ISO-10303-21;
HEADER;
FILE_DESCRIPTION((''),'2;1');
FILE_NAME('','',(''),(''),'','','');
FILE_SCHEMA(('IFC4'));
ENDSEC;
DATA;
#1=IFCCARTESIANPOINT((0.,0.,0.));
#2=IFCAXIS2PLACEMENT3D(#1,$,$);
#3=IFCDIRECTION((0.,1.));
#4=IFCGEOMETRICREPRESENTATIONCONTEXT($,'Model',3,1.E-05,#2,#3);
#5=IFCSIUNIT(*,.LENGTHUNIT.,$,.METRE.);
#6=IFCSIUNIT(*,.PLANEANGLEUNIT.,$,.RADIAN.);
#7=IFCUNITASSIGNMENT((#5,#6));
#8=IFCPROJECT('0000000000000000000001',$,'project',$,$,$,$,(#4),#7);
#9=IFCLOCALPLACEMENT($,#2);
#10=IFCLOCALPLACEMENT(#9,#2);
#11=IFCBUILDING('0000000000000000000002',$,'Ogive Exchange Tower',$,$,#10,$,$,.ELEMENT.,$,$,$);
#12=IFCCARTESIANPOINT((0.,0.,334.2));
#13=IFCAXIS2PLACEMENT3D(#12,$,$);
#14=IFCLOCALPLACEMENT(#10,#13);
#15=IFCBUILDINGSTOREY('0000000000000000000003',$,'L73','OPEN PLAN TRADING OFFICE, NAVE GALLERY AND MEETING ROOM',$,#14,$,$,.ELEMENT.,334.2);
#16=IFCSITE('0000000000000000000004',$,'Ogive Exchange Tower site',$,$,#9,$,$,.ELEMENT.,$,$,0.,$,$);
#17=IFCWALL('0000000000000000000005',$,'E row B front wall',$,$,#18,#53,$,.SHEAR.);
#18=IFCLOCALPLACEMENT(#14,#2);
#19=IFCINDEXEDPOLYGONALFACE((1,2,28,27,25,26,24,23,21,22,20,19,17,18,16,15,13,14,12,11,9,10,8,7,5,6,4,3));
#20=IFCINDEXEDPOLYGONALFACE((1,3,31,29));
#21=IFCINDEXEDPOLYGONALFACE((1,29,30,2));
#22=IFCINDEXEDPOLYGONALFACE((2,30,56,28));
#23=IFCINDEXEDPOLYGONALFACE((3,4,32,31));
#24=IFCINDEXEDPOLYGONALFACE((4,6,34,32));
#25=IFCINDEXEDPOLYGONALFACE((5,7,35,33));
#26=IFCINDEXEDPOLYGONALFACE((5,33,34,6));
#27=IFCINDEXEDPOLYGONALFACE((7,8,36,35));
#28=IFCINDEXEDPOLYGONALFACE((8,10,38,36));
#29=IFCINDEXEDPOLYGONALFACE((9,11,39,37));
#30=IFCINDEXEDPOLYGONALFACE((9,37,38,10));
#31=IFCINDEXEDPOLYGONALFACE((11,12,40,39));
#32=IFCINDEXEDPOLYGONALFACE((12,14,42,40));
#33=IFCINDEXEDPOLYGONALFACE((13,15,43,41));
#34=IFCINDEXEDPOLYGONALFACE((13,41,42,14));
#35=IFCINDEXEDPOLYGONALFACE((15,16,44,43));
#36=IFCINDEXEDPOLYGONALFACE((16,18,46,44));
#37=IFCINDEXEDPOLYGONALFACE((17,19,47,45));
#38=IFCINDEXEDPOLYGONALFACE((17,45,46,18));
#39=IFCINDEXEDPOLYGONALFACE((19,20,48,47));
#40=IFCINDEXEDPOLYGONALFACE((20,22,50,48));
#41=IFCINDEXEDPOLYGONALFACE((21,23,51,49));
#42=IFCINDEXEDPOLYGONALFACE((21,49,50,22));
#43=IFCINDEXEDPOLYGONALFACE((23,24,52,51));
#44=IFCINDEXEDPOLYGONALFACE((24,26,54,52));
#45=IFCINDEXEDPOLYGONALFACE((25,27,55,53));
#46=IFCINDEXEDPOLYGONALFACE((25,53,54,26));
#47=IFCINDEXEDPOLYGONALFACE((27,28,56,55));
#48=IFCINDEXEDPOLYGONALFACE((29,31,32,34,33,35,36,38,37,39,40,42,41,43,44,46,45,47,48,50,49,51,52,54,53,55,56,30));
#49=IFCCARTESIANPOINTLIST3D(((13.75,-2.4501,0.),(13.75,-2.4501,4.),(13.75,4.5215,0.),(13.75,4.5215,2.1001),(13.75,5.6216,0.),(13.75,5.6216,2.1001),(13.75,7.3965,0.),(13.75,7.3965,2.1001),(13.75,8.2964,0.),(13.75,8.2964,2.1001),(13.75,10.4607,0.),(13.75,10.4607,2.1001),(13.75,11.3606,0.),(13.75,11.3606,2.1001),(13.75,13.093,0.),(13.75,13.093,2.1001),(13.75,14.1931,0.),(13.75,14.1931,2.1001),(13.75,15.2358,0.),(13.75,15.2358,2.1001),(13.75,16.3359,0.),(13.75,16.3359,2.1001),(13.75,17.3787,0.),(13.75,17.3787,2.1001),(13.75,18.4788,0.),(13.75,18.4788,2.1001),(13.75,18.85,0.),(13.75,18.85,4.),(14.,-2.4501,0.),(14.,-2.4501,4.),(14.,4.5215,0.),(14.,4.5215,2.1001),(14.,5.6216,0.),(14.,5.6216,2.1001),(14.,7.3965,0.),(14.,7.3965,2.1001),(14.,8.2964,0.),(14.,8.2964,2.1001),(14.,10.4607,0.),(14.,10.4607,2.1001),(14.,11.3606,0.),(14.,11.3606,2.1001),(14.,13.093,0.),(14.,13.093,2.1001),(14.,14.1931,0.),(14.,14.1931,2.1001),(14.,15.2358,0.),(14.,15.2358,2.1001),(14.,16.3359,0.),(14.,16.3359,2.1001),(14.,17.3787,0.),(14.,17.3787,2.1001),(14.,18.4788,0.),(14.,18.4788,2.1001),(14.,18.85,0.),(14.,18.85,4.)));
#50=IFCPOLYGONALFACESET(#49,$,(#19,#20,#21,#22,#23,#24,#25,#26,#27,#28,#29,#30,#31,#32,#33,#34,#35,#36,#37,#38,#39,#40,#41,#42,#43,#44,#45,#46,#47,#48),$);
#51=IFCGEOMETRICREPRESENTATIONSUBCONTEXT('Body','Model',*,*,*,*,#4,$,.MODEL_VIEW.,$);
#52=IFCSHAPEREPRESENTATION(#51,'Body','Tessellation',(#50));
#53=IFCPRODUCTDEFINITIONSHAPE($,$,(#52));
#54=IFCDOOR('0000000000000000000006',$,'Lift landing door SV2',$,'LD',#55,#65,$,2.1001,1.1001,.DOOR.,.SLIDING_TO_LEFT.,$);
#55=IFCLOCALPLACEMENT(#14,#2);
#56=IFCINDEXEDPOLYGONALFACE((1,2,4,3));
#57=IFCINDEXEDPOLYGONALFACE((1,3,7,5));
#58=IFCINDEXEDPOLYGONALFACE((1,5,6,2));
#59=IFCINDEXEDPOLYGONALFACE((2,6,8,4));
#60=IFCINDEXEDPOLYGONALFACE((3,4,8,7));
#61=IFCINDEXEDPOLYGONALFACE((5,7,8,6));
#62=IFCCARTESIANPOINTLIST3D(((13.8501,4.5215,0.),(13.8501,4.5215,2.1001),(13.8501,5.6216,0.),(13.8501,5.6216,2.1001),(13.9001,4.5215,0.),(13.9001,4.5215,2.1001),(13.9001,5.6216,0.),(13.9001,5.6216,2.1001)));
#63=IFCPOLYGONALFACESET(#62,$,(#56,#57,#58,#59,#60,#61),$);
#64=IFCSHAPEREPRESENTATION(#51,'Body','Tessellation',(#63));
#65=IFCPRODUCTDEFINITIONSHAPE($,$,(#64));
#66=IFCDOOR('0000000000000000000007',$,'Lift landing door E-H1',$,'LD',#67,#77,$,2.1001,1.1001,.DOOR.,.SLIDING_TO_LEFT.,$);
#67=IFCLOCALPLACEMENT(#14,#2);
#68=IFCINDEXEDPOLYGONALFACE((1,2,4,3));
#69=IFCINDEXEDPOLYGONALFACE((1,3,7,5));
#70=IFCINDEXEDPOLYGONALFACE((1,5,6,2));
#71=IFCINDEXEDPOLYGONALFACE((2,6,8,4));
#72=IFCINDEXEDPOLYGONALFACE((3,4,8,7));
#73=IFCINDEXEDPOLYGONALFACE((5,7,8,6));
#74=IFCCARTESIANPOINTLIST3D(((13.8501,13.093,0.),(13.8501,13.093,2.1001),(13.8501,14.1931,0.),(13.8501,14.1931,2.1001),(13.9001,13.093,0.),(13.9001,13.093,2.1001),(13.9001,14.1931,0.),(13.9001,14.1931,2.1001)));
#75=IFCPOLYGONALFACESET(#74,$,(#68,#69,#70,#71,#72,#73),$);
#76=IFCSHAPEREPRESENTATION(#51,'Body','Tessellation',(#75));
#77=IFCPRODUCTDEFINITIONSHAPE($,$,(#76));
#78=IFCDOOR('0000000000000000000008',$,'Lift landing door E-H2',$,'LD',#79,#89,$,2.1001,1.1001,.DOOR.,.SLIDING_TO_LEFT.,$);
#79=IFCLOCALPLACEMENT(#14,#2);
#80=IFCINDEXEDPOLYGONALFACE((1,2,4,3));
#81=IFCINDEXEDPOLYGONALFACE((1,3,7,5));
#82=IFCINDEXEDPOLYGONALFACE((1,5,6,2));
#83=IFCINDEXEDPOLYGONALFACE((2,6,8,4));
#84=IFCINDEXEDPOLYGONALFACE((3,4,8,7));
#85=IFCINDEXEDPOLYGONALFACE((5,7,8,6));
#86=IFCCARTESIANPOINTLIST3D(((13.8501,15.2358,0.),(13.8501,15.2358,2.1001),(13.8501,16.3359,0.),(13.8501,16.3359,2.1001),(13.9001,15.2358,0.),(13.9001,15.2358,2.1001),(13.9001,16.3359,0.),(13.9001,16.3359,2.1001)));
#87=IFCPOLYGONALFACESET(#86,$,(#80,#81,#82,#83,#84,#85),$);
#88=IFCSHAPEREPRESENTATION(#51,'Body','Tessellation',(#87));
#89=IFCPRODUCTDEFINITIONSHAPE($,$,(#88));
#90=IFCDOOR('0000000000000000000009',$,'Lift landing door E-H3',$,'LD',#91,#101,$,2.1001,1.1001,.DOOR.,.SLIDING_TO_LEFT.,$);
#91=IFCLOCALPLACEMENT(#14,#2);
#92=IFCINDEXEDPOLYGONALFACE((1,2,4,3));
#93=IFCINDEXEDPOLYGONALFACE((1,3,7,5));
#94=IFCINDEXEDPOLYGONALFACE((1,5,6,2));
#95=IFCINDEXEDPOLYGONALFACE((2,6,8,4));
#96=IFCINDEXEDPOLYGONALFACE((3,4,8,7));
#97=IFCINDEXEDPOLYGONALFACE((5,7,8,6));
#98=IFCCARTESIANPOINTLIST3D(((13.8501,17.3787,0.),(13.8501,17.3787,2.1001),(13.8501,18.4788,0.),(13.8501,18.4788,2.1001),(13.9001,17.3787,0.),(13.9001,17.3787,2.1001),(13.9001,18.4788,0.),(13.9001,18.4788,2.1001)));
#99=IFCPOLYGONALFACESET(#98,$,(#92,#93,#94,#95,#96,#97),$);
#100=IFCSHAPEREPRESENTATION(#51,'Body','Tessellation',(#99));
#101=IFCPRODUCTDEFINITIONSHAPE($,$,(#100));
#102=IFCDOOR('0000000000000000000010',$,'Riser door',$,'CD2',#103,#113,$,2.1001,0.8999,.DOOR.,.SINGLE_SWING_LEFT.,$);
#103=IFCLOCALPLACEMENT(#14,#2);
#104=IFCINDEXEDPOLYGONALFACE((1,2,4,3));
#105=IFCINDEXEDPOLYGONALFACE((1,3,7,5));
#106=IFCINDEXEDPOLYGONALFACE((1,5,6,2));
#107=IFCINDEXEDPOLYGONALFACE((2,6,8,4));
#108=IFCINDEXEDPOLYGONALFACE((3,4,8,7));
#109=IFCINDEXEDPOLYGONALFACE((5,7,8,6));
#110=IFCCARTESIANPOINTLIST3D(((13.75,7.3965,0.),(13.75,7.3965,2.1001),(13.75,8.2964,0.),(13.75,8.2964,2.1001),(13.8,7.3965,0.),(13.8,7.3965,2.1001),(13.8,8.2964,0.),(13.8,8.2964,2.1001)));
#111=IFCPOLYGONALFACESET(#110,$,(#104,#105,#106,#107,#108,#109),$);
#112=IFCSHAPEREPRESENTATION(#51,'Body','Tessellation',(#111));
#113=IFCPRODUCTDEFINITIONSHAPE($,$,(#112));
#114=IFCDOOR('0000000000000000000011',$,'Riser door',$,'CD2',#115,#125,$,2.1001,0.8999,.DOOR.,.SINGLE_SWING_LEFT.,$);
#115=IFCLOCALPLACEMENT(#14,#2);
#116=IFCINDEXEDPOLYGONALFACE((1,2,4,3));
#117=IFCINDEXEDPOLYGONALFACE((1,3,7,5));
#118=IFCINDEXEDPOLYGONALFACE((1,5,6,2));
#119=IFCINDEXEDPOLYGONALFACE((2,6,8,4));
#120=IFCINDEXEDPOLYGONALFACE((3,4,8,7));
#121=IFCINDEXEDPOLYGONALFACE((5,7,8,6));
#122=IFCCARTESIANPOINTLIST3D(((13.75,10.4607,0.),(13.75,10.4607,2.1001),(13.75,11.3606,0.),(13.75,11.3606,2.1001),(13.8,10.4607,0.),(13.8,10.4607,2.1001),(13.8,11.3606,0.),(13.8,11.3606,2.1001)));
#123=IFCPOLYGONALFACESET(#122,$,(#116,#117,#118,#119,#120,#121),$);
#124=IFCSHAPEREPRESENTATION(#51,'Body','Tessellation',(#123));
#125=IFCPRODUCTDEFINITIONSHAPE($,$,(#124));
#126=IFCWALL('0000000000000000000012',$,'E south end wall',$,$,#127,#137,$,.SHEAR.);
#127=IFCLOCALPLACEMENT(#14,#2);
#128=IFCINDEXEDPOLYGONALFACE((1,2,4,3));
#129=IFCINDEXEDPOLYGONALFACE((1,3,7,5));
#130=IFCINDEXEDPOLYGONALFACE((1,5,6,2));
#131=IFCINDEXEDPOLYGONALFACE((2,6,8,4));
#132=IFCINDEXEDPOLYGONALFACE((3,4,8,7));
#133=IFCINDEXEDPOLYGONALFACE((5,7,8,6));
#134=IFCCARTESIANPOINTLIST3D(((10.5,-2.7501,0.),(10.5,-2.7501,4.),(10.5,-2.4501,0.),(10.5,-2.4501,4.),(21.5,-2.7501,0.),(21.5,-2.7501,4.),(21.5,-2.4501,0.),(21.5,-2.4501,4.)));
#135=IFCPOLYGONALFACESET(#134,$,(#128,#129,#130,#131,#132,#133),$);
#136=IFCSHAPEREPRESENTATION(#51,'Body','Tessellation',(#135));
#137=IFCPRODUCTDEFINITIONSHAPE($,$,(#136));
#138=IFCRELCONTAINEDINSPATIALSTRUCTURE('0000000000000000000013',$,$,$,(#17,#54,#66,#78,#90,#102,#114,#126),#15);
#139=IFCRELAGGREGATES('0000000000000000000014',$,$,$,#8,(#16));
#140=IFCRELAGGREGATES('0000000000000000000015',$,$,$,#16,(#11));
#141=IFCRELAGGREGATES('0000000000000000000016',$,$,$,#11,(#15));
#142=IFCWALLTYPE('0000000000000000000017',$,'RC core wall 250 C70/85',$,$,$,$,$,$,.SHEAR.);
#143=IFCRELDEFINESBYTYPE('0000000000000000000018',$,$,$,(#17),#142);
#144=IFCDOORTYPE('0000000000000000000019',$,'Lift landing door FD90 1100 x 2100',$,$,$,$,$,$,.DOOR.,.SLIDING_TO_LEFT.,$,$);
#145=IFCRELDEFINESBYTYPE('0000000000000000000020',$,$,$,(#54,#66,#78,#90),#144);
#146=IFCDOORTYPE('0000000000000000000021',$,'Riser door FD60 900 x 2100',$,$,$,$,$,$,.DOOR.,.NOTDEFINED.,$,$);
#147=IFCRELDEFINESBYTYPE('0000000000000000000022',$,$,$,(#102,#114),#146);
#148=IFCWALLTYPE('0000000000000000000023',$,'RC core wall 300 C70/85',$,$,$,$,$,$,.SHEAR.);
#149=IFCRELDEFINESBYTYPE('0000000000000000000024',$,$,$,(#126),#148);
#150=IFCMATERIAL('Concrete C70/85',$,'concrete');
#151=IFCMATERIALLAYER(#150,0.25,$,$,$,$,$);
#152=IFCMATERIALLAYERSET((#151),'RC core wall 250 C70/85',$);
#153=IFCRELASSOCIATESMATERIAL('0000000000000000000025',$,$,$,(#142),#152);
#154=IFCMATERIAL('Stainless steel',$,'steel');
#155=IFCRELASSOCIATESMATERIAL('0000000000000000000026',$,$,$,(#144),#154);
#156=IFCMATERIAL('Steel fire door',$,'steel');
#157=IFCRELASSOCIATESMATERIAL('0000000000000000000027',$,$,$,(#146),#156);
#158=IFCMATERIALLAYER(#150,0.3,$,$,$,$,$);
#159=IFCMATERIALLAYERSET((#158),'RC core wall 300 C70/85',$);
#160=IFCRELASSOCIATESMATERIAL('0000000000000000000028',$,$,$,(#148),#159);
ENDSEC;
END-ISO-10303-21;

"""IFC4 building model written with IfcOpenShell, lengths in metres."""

from ifc_helpers import new_model, si_unit, direction, frame, frame_2d, origin, place, context, subcontext, project, spatial, rectangle, extrude, material, layer, layer_set, type_object, element, fill, save


model = new_model("IFC4")

# Units and contexts
model_context = context("Model", 3, precision=1e-05, world=origin(), true_north=direction((0.0, 1.0)))
body_context = subcontext(model_context, "Body", "Model", "MODEL_VIEW")
ifc_project = project(units=[si_unit("LENGTHUNIT", "METRE"), si_unit("PLANEANGLEUNIT", "RADIAN")], contexts=[model_context])

# Site, building, storey
site_placement = place(None, origin())
site = spatial("IfcSite", under=ifc_project, at=site_placement, Name="Ogive Exchange Tower site", CompositionType="ELEMENT", RefElevation=0.0)
building_placement = place(site_placement, origin())
building = spatial("IfcBuilding", under=site, at=building_placement, Name="Ogive Exchange Tower", CompositionType="ELEMENT")
storey_placement = place(building_placement, frame((0.0, 0.0, 334.2)))
storey = spatial("IfcBuildingStorey", under=building, at=storey_placement, Name="L73", Description="OPEN PLAN TRADING OFFICE, NAVE GALLERY AND MEETING ROOM", CompositionType="ELEMENT", Elevation=334.2)

# Shared definitions
ifc_material_1 = material(Name="Concrete C70/85", Category="concrete")

# Wall, openings, doors
ifc_layer_1 = layer(ifc_material_1, 0.25)
ifc_layer_set_1 = layer_set([ifc_layer_1], Name="RC core wall 250 C70/85")
wall_type_1 = type_object("IfcWallType", Name="RC core wall 250 C70/85", PredefinedType="SHEAR", material=ifc_layer_set_1)
wall_1_placement = place(storey_placement, frame((13.875, -2.45, 0.0), z_axis=(0.0, 0.0, 1.0), x_axis=(0.0, 1.0, 0.0)))
wall_1 = element("IfcWall", 1, at=wall_1_placement, inside=storey, type_object=wall_type_1, Name="E row B front wall", PredefinedType="SHEAR", context=body_context, shape_type="SweptSolid", body=[
    extrude(rectangle(XDim=21.3, YDim=0.25, at=frame_2d((10.6499, 0.0))), origin(), (0.0, 0.0, 1.0), 4.0),
])
opening_1_placement = place(wall_1_placement, frame((9.8464, 0.0, 0.0)))
opening_1 = element("IfcOpeningElement", 2, at=opening_1_placement, cuts=wall_1, PredefinedType="OPENING", context=body_context, shape_type="SweptSolid", body=[
    extrude(rectangle(XDim=0.8999, YDim=2.1001, at=frame_2d((0.45, 1.05))), frame((0.0, 0.135, 0.0), z_axis=(0.0, -1.0, 0.0), x_axis=(1.0, 0.0, 0.0)), (0.0, 0.0, 1.0), 0.27),
])
opening_2_placement = place(wall_1_placement, frame((12.9106, 0.0, 0.0)))
opening_2 = element("IfcOpeningElement", 3, at=opening_2_placement, cuts=wall_1, PredefinedType="OPENING", context=body_context, shape_type="SweptSolid", body=[
    extrude(rectangle(XDim=0.8999, YDim=2.1001, at=frame_2d((0.45, 1.05))), frame((0.0, 0.135, 0.0), z_axis=(0.0, -1.0, 0.0), x_axis=(1.0, 0.0, 0.0)), (0.0, 0.0, 1.0), 0.27),
])
opening_3_placement = place(wall_1_placement, frame((6.9714, 0.0, 0.0)))
opening_3 = element("IfcOpeningElement", 4, at=opening_3_placement, cuts=wall_1, PredefinedType="OPENING", context=body_context, shape_type="SweptSolid", body=[
    extrude(rectangle(XDim=1.1001, YDim=2.1001, at=frame_2d((0.55, 1.05))), frame((0.0, 0.135, 0.0), z_axis=(0.0, -1.0, 0.0), x_axis=(1.0, 0.0, 0.0)), (0.0, 0.0, 1.0), 0.27),
])
opening_4_placement = place(wall_1_placement, frame((15.543, 0.0, 0.0)))
opening_4 = element("IfcOpeningElement", 5, at=opening_4_placement, cuts=wall_1, PredefinedType="OPENING", context=body_context, shape_type="SweptSolid", body=[
    extrude(rectangle(XDim=1.1001, YDim=2.1001, at=frame_2d((0.55, 1.05))), frame((0.0, 0.135, 0.0), z_axis=(0.0, -1.0, 0.0), x_axis=(1.0, 0.0, 0.0)), (0.0, 0.0, 1.0), 0.27),
])
opening_5_placement = place(wall_1_placement, frame((17.6858, 0.0, 0.0)))
opening_5 = element("IfcOpeningElement", 6, at=opening_5_placement, cuts=wall_1, PredefinedType="OPENING", context=body_context, shape_type="SweptSolid", body=[
    extrude(rectangle(XDim=1.1001, YDim=2.1001, at=frame_2d((0.55, 1.05))), frame((0.0, 0.135, 0.0), z_axis=(0.0, -1.0, 0.0), x_axis=(1.0, 0.0, 0.0)), (0.0, 0.0, 1.0), 0.27),
])
opening_6_placement = place(wall_1_placement, frame((19.8286, 0.0, 0.0)))
opening_6 = element("IfcOpeningElement", 7, at=opening_6_placement, cuts=wall_1, PredefinedType="OPENING", context=body_context, shape_type="SweptSolid", body=[
    extrude(rectangle(XDim=1.1001, YDim=2.1001, at=frame_2d((0.55, 1.05))), frame((0.0, 0.135, 0.0), z_axis=(0.0, -1.0, 0.0), x_axis=(1.0, 0.0, 0.0)), (0.0, 0.0, 1.0), 0.27),
])
ifc_material_2 = material(Name="Stainless steel", Category="steel")
door_type_1 = type_object("IfcDoorType", Name="Lift landing door FD90 1100 x 2100", OperationType="SLIDING_TO_LEFT", PredefinedType="DOOR", material=ifc_material_2)
door_1_placement = place(opening_3_placement, origin())
door_1 = element("IfcDoor", 8, at=door_1_placement, inside=storey, type_object=door_type_1, Name="Lift landing door SV2", ObjectType="LD", OperationType="SLIDING_TO_LEFT", OverallHeight=2.1001, OverallWidth=1.1001, PredefinedType="DOOR", context=body_context, shape_type="SweptSolid", body=[
    extrude(rectangle(XDim=1.1001, YDim=2.1001, at=frame_2d((0.55, 1.05))), frame((0.0, 0.0249, 0.0), z_axis=(0.0, -1.0, 0.0), x_axis=(1.0, 0.0, 0.0)), (0.0, 0.0, 1.0), 0.05),
])
fill(opening_3, door_1)
door_2_placement = place(opening_4_placement, origin())
door_2 = element("IfcDoor", 9, at=door_2_placement, inside=storey, type_object=door_type_1, Name="Lift landing door E-H1", ObjectType="LD", OperationType="SLIDING_TO_LEFT", OverallHeight=2.1001, OverallWidth=1.1001, PredefinedType="DOOR", context=body_context, shape_type="SweptSolid", body=[
    extrude(rectangle(XDim=1.1001, YDim=2.1001, at=frame_2d((0.55, 1.05))), frame((0.0, 0.0249, 0.0), z_axis=(0.0, -1.0, 0.0), x_axis=(1.0, 0.0, 0.0)), (0.0, 0.0, 1.0), 0.05),
])
fill(opening_4, door_2)
door_3_placement = place(opening_5_placement, origin())
door_3 = element("IfcDoor", 10, at=door_3_placement, inside=storey, type_object=door_type_1, Name="Lift landing door E-H2", ObjectType="LD", OperationType="SLIDING_TO_LEFT", OverallHeight=2.1001, OverallWidth=1.1001, PredefinedType="DOOR", context=body_context, shape_type="SweptSolid", body=[
    extrude(rectangle(XDim=1.1001, YDim=2.1001, at=frame_2d((0.55, 1.05))), frame((0.0, 0.0249, 0.0), z_axis=(0.0, -1.0, 0.0), x_axis=(1.0, 0.0, 0.0)), (0.0, 0.0, 1.0), 0.05),
])
fill(opening_5, door_3)
door_4_placement = place(opening_6_placement, origin())
door_4 = element("IfcDoor", 11, at=door_4_placement, inside=storey, type_object=door_type_1, Name="Lift landing door E-H3", ObjectType="LD", OperationType="SLIDING_TO_LEFT", OverallHeight=2.1001, OverallWidth=1.1001, PredefinedType="DOOR", context=body_context, shape_type="SweptSolid", body=[
    extrude(rectangle(XDim=1.1001, YDim=2.1001, at=frame_2d((0.55, 1.05))), frame((0.0, 0.0249, 0.0), z_axis=(0.0, -1.0, 0.0), x_axis=(1.0, 0.0, 0.0)), (0.0, 0.0, 1.0), 0.05),
])
fill(opening_6, door_4)
ifc_material_3 = material(Name="Steel fire door", Category="steel")
door_type_2 = type_object("IfcDoorType", Name="Riser door FD60 900 x 2100", OperationType="NOTDEFINED", PredefinedType="DOOR", material=ifc_material_3)
door_5_placement = place(opening_1_placement, origin())
door_5 = element("IfcDoor", 12, at=door_5_placement, inside=storey, type_object=door_type_2, Name="Riser door", ObjectType="CD2", OperationType="SINGLE_SWING_LEFT", OverallHeight=2.1001, OverallWidth=0.8999, PredefinedType="DOOR", context=body_context, shape_type="SweptSolid", body=[
    extrude(rectangle(XDim=0.8999, YDim=2.1001, at=frame_2d((0.45, 1.05))), frame((0.0, 0.125, 0.0), z_axis=(0.0, -1.0, 0.0), x_axis=(1.0, 0.0, 0.0)), (0.0, 0.0, 1.0), 0.05),
])
fill(opening_1, door_5)
door_6_placement = place(opening_2_placement, origin())
door_6 = element("IfcDoor", 13, at=door_6_placement, inside=storey, type_object=door_type_2, Name="Riser door", ObjectType="CD2", OperationType="SINGLE_SWING_LEFT", OverallHeight=2.1001, OverallWidth=0.8999, PredefinedType="DOOR", context=body_context, shape_type="SweptSolid", body=[
    extrude(rectangle(XDim=0.8999, YDim=2.1001, at=frame_2d((0.45, 1.05))), frame((0.0, 0.125, 0.0), z_axis=(0.0, -1.0, 0.0), x_axis=(1.0, 0.0, 0.0)), (0.0, 0.0, 1.0), 0.05),
])
fill(opening_2, door_6)

# Wall
ifc_layer_2 = layer(ifc_material_1, 0.3)
ifc_layer_set_2 = layer_set([ifc_layer_2], Name="RC core wall 300 C70/85")
wall_type_2 = type_object("IfcWallType", Name="RC core wall 300 C70/85", PredefinedType="SHEAR", material=ifc_layer_set_2)
wall_2_placement = place(storey_placement, frame((10.5, -2.6001, 0.0), z_axis=(0.0, 0.0, 1.0), x_axis=(1.0, 0.0, 0.0)))
element("IfcWall", 14, at=wall_2_placement, inside=storey, type_object=wall_type_2, Name="E south end wall", PredefinedType="SHEAR", context=body_context, shape_type="SweptSolid", body=[
    extrude(rectangle(XDim=11.0, YDim=0.3, at=frame_2d((5.5, 0.0))), origin(), (0.0, 0.0, 1.0), 4.0),
])

save(model, "model.ifc")
